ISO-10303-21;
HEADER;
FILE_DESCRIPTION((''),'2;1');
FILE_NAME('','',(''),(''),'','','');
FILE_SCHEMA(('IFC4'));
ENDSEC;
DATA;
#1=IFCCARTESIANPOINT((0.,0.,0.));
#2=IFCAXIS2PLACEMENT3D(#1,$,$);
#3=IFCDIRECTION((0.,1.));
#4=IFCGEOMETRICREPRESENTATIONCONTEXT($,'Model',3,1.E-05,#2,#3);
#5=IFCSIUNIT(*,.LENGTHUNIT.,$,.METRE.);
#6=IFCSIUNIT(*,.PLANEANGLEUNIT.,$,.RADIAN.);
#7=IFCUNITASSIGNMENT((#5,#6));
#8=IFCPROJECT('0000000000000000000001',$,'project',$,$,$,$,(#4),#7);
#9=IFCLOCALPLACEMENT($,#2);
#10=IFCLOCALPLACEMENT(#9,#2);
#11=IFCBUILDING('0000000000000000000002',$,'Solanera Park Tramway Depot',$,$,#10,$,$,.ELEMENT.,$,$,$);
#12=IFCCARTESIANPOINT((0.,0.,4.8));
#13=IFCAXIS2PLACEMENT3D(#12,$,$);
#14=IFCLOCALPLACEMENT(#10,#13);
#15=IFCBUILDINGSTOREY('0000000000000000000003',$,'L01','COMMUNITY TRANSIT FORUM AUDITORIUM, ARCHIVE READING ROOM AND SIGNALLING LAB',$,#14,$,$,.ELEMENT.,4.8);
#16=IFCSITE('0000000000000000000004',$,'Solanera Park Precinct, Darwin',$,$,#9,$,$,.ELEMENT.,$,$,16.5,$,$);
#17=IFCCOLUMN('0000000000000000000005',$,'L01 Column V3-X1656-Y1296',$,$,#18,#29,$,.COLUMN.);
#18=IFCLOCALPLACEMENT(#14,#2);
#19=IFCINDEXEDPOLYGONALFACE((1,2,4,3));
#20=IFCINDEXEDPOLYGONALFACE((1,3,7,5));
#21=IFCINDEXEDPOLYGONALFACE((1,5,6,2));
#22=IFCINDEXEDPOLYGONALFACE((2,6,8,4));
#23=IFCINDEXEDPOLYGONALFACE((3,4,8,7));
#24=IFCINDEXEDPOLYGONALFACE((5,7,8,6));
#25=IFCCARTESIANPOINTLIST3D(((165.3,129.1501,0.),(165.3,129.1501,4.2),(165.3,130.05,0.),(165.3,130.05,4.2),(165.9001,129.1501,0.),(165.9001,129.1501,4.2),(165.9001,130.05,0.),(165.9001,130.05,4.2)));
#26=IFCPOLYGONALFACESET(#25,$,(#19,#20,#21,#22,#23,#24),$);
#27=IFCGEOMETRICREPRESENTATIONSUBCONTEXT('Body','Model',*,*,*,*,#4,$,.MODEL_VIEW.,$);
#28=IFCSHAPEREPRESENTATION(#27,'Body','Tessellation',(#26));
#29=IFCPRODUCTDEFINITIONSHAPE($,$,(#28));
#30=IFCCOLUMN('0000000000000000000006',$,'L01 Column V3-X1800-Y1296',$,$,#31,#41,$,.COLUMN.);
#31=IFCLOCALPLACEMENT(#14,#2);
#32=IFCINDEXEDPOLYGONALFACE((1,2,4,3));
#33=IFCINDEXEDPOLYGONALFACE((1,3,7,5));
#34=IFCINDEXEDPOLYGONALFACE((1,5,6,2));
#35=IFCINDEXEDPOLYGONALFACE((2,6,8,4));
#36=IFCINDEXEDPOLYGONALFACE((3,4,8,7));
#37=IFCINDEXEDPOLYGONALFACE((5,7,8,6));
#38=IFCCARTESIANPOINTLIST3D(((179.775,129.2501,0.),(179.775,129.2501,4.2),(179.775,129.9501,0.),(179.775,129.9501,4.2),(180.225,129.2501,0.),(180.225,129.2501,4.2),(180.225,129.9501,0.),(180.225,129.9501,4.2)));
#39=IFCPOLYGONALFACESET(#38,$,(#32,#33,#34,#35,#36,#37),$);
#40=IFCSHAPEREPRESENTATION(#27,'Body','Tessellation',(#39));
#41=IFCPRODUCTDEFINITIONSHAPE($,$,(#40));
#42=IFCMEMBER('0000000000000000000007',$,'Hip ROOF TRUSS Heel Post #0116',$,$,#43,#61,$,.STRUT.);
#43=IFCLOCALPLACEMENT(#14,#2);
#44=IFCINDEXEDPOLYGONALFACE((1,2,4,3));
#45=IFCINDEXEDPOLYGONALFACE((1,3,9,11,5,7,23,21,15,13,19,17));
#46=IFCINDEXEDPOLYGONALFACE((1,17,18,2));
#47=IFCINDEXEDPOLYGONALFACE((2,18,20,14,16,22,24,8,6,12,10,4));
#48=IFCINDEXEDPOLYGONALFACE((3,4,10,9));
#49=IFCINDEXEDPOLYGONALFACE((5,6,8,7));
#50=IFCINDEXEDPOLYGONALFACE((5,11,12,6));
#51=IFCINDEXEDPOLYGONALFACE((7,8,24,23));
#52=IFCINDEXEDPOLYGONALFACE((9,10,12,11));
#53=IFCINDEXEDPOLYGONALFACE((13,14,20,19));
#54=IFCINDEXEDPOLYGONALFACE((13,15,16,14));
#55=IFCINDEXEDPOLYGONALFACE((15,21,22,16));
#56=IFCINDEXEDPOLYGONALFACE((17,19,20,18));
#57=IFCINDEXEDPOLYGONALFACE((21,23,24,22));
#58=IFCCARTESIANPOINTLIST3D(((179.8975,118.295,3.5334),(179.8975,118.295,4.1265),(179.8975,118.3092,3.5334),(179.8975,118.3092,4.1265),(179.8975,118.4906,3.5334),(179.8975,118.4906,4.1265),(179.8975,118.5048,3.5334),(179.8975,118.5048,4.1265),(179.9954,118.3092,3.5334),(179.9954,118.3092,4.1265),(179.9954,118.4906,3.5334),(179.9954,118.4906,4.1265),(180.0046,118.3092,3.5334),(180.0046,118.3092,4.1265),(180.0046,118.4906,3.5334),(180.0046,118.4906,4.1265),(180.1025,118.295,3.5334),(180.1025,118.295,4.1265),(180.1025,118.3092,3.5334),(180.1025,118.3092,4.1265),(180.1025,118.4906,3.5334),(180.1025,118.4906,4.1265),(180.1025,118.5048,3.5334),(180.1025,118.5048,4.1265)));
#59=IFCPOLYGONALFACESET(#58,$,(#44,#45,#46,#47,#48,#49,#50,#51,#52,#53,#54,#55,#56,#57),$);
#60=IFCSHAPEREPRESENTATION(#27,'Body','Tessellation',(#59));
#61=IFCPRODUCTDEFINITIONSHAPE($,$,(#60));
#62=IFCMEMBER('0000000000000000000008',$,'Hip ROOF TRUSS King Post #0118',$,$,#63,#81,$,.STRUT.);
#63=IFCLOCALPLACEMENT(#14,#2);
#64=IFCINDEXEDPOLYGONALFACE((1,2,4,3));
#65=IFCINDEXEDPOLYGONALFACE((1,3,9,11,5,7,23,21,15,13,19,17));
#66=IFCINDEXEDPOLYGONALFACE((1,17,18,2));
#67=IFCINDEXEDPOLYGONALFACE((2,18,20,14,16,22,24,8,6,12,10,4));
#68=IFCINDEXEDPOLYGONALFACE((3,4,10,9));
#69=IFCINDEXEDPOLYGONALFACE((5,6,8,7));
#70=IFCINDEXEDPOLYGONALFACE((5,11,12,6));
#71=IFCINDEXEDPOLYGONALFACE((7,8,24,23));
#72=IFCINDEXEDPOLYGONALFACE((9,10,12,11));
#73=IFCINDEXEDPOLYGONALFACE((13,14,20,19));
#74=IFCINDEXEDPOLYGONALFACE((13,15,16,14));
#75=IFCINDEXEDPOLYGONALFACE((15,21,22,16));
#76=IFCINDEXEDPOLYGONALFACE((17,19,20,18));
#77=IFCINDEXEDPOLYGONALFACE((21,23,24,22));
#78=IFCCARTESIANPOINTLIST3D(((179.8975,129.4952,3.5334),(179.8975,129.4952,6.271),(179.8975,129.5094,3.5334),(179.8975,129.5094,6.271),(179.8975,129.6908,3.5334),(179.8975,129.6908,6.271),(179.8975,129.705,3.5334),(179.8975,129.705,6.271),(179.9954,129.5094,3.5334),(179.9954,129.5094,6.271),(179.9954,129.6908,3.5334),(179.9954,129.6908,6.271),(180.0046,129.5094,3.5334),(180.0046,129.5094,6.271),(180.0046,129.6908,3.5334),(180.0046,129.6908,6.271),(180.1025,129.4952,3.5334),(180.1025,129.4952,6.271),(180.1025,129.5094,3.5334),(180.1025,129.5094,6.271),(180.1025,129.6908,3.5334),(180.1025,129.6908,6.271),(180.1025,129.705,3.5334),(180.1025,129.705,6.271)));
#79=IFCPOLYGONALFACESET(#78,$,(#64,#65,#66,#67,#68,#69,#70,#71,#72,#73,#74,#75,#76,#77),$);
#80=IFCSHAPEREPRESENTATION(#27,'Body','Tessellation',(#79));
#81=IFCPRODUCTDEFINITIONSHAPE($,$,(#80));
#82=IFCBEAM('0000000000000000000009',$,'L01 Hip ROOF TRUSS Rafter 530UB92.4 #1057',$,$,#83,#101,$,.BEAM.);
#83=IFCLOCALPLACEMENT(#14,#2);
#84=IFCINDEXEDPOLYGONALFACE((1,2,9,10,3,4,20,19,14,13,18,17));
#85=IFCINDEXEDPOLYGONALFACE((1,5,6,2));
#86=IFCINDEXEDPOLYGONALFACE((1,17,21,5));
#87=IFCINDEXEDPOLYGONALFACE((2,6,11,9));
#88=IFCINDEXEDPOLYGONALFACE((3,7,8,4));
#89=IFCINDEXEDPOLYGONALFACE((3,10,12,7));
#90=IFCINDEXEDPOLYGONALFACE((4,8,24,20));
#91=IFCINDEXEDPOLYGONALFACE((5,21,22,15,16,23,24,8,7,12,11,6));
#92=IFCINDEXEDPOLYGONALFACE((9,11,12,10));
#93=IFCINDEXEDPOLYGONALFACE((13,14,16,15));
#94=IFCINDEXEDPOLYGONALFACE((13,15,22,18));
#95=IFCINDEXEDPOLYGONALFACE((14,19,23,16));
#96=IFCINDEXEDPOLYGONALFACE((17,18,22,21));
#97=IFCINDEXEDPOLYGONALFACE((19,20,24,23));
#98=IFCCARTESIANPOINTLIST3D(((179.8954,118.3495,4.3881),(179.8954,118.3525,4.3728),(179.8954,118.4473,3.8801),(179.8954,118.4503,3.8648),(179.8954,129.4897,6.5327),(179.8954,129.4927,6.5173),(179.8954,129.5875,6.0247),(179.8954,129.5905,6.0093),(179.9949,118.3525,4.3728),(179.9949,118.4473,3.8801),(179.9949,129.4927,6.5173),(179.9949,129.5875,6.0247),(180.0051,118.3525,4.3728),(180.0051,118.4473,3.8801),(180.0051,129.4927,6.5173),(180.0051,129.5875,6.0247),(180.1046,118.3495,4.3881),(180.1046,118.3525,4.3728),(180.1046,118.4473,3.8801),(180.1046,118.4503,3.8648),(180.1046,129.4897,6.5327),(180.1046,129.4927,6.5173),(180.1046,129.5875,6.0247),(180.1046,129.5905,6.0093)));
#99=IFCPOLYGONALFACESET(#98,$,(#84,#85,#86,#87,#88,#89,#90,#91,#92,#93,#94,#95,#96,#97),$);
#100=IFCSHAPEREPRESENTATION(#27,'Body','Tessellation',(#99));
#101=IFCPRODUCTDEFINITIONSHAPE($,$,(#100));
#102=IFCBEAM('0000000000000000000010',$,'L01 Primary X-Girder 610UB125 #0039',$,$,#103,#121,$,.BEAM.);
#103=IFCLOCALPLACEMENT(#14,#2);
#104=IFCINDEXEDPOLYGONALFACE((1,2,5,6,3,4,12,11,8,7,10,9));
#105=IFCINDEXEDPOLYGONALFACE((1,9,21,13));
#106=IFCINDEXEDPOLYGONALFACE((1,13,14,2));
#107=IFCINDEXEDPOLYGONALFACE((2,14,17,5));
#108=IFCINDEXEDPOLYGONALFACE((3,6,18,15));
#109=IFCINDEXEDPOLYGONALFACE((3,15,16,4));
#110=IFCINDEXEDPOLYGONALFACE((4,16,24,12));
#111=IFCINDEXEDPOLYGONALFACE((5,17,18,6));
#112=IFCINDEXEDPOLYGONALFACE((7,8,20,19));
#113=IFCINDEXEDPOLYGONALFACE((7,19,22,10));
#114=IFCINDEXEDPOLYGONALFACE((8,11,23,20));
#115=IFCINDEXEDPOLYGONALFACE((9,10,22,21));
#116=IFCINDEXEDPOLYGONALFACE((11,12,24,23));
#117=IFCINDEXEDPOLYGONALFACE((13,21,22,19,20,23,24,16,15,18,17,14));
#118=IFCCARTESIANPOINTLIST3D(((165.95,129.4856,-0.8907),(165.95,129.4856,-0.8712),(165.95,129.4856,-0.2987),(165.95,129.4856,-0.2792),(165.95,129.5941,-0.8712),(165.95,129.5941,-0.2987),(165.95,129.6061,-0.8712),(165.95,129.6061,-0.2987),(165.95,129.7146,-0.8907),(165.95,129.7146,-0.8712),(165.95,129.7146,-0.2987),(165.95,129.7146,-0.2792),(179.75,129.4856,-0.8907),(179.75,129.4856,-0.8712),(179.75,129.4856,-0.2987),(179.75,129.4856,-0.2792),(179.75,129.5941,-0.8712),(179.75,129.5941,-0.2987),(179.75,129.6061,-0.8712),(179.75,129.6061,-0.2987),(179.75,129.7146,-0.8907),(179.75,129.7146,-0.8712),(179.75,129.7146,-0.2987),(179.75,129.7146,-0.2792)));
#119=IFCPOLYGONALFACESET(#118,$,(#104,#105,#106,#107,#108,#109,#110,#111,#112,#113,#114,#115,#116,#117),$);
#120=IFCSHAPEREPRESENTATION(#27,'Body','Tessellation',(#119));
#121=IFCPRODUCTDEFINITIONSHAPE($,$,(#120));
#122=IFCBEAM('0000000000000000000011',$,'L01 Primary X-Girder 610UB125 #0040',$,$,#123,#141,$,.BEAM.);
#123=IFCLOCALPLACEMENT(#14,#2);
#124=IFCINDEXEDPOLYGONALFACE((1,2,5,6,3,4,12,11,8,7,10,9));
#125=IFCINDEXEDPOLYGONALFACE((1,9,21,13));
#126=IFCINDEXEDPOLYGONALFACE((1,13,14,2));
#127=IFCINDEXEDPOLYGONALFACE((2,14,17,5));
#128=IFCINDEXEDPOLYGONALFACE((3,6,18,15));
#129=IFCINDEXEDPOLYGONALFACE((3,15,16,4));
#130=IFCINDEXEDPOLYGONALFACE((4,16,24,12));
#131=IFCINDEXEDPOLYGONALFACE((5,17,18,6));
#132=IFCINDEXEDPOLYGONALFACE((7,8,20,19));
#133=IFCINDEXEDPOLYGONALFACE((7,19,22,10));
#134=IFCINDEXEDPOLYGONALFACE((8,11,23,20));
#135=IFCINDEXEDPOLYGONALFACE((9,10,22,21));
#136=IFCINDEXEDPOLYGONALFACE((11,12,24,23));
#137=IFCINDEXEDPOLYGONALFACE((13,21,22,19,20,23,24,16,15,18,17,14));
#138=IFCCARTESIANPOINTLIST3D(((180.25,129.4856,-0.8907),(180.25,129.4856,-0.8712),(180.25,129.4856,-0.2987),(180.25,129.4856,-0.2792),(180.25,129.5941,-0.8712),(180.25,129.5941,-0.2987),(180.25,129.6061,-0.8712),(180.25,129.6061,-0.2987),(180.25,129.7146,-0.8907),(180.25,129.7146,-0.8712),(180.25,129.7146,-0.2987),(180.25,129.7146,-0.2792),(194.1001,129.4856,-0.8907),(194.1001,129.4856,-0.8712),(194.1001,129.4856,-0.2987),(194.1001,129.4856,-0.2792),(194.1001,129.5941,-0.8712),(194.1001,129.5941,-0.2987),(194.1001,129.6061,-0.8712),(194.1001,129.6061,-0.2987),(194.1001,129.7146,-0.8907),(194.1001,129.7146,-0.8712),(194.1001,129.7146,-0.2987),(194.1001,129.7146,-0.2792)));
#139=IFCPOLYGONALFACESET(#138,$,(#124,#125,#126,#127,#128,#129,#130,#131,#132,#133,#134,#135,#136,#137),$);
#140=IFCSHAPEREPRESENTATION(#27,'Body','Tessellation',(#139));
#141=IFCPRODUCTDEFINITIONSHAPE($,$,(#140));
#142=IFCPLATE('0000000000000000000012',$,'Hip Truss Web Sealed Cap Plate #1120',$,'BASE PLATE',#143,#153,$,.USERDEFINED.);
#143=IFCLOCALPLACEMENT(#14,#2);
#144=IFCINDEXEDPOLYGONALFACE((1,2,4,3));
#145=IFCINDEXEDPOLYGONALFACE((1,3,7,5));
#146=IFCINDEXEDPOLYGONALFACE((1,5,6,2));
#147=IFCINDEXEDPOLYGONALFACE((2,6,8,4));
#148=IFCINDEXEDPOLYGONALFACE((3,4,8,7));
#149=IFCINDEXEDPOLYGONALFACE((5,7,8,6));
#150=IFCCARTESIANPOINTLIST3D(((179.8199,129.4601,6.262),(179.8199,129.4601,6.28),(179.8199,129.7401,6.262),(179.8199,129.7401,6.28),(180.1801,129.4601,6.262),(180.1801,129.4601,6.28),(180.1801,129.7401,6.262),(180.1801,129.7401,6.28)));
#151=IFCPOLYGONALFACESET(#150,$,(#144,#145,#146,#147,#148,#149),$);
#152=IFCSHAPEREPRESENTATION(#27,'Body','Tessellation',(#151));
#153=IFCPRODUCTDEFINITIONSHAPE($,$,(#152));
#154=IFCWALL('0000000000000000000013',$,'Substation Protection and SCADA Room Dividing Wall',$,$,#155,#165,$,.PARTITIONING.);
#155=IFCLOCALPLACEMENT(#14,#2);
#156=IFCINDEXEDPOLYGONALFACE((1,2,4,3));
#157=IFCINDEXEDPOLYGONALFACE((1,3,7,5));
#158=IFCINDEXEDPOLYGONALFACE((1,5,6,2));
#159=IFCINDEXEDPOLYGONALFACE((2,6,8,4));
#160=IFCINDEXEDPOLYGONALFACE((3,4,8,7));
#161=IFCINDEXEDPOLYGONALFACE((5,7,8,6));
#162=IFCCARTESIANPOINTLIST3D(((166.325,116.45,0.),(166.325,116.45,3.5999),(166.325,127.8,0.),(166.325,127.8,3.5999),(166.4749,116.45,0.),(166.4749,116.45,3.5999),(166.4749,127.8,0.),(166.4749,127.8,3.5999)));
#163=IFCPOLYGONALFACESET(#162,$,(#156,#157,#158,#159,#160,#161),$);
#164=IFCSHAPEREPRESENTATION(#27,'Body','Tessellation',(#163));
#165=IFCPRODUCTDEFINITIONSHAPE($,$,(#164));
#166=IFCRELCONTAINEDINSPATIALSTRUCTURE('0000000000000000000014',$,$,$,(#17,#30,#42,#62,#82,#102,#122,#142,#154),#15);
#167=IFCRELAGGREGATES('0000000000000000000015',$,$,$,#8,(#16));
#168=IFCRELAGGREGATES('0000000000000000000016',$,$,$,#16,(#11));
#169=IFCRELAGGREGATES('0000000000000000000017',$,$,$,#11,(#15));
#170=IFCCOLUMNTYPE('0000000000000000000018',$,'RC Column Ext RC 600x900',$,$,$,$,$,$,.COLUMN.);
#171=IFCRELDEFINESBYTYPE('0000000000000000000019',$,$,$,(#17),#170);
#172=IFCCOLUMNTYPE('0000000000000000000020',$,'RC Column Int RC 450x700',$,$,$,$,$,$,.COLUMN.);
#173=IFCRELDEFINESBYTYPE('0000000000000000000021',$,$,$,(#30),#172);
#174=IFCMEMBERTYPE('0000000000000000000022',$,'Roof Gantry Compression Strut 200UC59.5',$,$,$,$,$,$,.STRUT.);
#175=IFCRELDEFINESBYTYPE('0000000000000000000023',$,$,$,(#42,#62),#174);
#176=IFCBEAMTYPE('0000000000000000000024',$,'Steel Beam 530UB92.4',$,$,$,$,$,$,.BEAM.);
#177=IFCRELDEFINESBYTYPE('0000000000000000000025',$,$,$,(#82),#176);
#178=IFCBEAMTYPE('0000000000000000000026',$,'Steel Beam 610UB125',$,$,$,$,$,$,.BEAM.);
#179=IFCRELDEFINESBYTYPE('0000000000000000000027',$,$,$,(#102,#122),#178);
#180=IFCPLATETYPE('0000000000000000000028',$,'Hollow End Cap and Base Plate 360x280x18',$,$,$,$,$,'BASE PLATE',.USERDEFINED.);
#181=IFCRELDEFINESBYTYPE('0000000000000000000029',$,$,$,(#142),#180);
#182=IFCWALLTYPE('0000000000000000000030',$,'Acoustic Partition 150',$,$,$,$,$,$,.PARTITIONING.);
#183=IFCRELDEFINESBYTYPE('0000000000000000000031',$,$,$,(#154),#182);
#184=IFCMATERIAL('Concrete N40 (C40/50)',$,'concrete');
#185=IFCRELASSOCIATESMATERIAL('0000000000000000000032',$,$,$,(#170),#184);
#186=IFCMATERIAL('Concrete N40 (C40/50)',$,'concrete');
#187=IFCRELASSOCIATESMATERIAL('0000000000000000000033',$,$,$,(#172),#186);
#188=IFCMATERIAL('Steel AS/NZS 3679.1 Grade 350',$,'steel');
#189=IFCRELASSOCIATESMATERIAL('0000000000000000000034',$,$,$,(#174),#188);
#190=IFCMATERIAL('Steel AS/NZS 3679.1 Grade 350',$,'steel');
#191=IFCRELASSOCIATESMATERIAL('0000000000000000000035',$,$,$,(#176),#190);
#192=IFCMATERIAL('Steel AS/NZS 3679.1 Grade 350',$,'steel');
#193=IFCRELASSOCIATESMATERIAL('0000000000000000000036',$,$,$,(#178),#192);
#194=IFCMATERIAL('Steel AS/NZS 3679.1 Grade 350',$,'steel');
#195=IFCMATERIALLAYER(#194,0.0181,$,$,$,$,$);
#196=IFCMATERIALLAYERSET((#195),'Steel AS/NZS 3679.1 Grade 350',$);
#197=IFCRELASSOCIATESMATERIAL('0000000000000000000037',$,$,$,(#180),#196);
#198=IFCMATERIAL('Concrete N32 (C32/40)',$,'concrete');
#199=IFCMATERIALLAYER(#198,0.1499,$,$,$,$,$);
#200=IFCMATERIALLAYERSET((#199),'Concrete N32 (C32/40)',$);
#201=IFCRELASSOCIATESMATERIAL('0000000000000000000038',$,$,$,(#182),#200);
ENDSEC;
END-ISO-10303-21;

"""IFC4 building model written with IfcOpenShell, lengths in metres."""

from ifc_helpers import new_model, si_unit, direction, frame, frame_2d, origin, origin_2d, place, context, subcontext, project, spatial, rectangle, i_section, extrude, material, layer, layer_set, material_profile, profile_set, type_object, element, save


model = new_model("IFC4")

# Units and contexts
model_context = context("Model", 3, precision=1e-05, world=origin(), true_north=direction((0.0, 1.0)))
body_context = subcontext(model_context, "Body", "Model", "MODEL_VIEW")
ifc_project = project(units=[si_unit("LENGTHUNIT", "METRE"), si_unit("PLANEANGLEUNIT", "RADIAN")], contexts=[model_context])

# Site, building, storey
site_placement = place(None, origin())
site = spatial("IfcSite", under=ifc_project, at=site_placement, Name="Solanera Park Precinct, Darwin", CompositionType="ELEMENT", RefElevation=16.5)
building_placement = place(site_placement, origin())
building = spatial("IfcBuilding", under=site, at=building_placement, Name="Solanera Park Tramway Depot", CompositionType="ELEMENT")
storey_placement = place(building_placement, frame((0.0, 0.0, 4.8)))
storey = spatial("IfcBuildingStorey", under=building, at=storey_placement, Name="L01", Description="COMMUNITY TRANSIT FORUM AUDITORIUM, ARCHIVE READING ROOM AND SIGNALLING LAB", CompositionType="ELEMENT", Elevation=4.8)

# Columns
ifc_material_1 = material(Name="Concrete N40 (C40/50)", Category="concrete")
ifc_material_profile_1 = material_profile(ifc_material_1, rectangle(XDim=0.6001, YDim=0.8999, at=origin_2d()), Name="RC 600x900")
ifc_profile_set_1 = profile_set([ifc_material_profile_1], Name="Concrete N40 (C40/50)")
column_type_1 = type_object("IfcColumnType", Name="RC Column Ext RC 600x900", PredefinedType="COLUMN", material=ifc_profile_set_1)
column_1_placement = place(storey_placement, frame((165.6001, 129.6001, 0.0), z_axis=(0.0, 0.0, 1.0), x_axis=(1.0, 0.0, 0.0)))
element("IfcColumn", 1, at=column_1_placement, inside=storey, type_object=column_type_1, Name="L01 Column V3-X1656-Y1296", PredefinedType="COLUMN", context=body_context, shape_type="SweptSolid", body=[
    extrude(rectangle(XDim=0.6001, YDim=0.8999, at=origin_2d()), origin(), (0.0, 0.0, 1.0), 4.2),
])
ifc_material_2 = material(Name="Concrete N40 (C40/50)", Category="concrete")
ifc_material_profile_2 = material_profile(ifc_material_2, rectangle(XDim=0.45, YDim=0.7, at=origin_2d()), Name="RC 450x700")
ifc_profile_set_2 = profile_set([ifc_material_profile_2], Name="Concrete N40 (C40/50)")
column_type_2 = type_object("IfcColumnType", Name="RC Column Int RC 450x700", PredefinedType="COLUMN", material=ifc_profile_set_2)
column_2_placement = place(storey_placement, frame((180.0, 129.6001, 0.0), z_axis=(0.0, 0.0, 1.0), x_axis=(1.0, 0.0, 0.0)))
element("IfcColumn", 2, at=column_2_placement, inside=storey, type_object=column_type_2, Name="L01 Column V3-X1800-Y1296", PredefinedType="COLUMN", context=body_context, shape_type="SweptSolid", body=[
    extrude(rectangle(XDim=0.45, YDim=0.7, at=origin_2d()), origin(), (0.0, 0.0, 1.0), 4.2),
])

# Members
ifc_material_3 = material(Name="Steel AS/NZS 3679.1 Grade 350", Category="steel")
ifc_material_profile_3 = material_profile(ifc_material_3, i_section(OverallWidth=0.2051, OverallDepth=0.2097, WebThickness=0.0093, FlangeThickness=0.0142, at=origin_2d()), Name="200UC59.5")
ifc_profile_set_3 = profile_set([ifc_material_profile_3], Name="Steel AS/NZS 3679.1 Grade 350")
member_type = type_object("IfcMemberType", Name="Roof Gantry Compression Strut 200UC59.5", PredefinedType="STRUT", material=ifc_profile_set_3)
member_1_placement = place(storey_placement, frame((180.0, 118.3999, 3.5334), z_axis=(0.0, 0.0, 1.0), x_axis=(1.0, 0.0, 0.0)))
element("IfcMember", 3, at=member_1_placement, inside=storey, type_object=member_type, Name="Hip ROOF TRUSS Heel Post #0116", PredefinedType="STRUT", context=body_context, shape_type="SweptSolid", body=[
    extrude(i_section(OverallWidth=0.2051, OverallDepth=0.2097, WebThickness=0.0093, FlangeThickness=0.0142, at=origin_2d()), origin(), (0.0, 0.0, 1.0), 0.593),
])
member_2_placement = place(storey_placement, frame((180.0, 129.6001, 3.5334), z_axis=(0.0, 0.0, 1.0), x_axis=(1.0, 0.0, 0.0)))
element("IfcMember", 4, at=member_2_placement, inside=storey, type_object=member_type, Name="Hip ROOF TRUSS King Post #0118", PredefinedType="STRUT", context=body_context, shape_type="SweptSolid", body=[
    extrude(i_section(OverallWidth=0.2051, OverallDepth=0.2097, WebThickness=0.0093, FlangeThickness=0.0142, at=origin_2d()), origin(), (0.0, 0.0, 1.0), 2.7375),
])

# Beams
ifc_material_4 = material(Name="Steel AS/NZS 3679.1 Grade 350", Category="steel")
ifc_material_profile_4 = material_profile(ifc_material_4, i_section(OverallWidth=0.2092, OverallDepth=0.533, WebThickness=0.0103, FlangeThickness=0.0156, at=origin_2d()), Name="530UB92.4")
ifc_profile_set_4 = profile_set([ifc_material_profile_4], Name="Steel AS/NZS 3679.1 Grade 350")
beam_type_1 = type_object("IfcBeamType", Name="Steel Beam 530UB92.4", PredefinedType="BEAM", material=ifc_profile_set_4)
beam_1_placement = place(storey_placement, frame((180.0, 118.3999, 4.1265), z_axis=(0.0, 0.981971, 0.189034), x_axis=(-1.0, 0.0, 0.0)))
element("IfcBeam", 5, at=beam_1_placement, inside=storey, type_object=beam_type_1, Name="L01 Hip ROOF TRUSS Rafter 530UB92.4 #1057", PredefinedType="BEAM", context=body_context, shape_type="SweptSolid", body=[
    extrude(i_section(OverallWidth=0.2092, OverallDepth=0.533, WebThickness=0.0103, FlangeThickness=0.0156, at=origin_2d()), origin(), (0.0, 0.0, 1.0), 11.3447),
])
ifc_material_5 = material(Name="Steel AS/NZS 3679.1 Grade 350", Category="steel")
ifc_material_profile_5 = material_profile(ifc_material_5, i_section(OverallWidth=0.229, OverallDepth=0.6116, WebThickness=0.012, FlangeThickness=0.0195, at=origin_2d()), Name="610UB125")
ifc_profile_set_5 = profile_set([ifc_material_profile_5], Name="Steel AS/NZS 3679.1 Grade 350")
beam_type_2 = type_object("IfcBeamType", Name="Steel Beam 610UB125", PredefinedType="BEAM", material=ifc_profile_set_5)
beam_2_placement = place(storey_placement, frame((165.95, 129.6001, -0.585), z_axis=(1.0, 0.0, 0.0), x_axis=(0.0, 1.0, 0.0)))
element("IfcBeam", 6, at=beam_2_placement, inside=storey, type_object=beam_type_2, Name="L01 Primary X-Girder 610UB125 #0039", PredefinedType="BEAM", context=body_context, shape_type="SweptSolid", body=[
    extrude(i_section(OverallWidth=0.229, OverallDepth=0.6116, WebThickness=0.012, FlangeThickness=0.0195, at=origin_2d()), origin(), (0.0, 0.0, 1.0), 13.8),
])
beam_3_placement = place(storey_placement, frame((180.25, 129.6001, -0.585), z_axis=(1.0, 0.0, 0.0), x_axis=(0.0, 1.0, 0.0)))
element("IfcBeam", 7, at=beam_3_placement, inside=storey, type_object=beam_type_2, Name="L01 Primary X-Girder 610UB125 #0040", PredefinedType="BEAM", context=body_context, shape_type="SweptSolid", body=[
    extrude(i_section(OverallWidth=0.229, OverallDepth=0.6116, WebThickness=0.012, FlangeThickness=0.0195, at=origin_2d()), origin(), (0.0, 0.0, 1.0), 13.8501),
])

# Plate
ifc_material_6 = material(Name="Steel AS/NZS 3679.1 Grade 350", Category="steel")
ifc_layer_1 = layer(ifc_material_6, 0.0181)
ifc_layer_set_1 = layer_set([ifc_layer_1], Name="Steel AS/NZS 3679.1 Grade 350")
plate_type = type_object("IfcPlateType", Name="Hollow End Cap and Base Plate 360x280x18", ElementType="BASE PLATE", PredefinedType="USERDEFINED", material=ifc_layer_set_1)
plate_placement = place(storey_placement, frame((180.0, 129.6001, 6.262), z_axis=(0.0, 0.0, 1.0), x_axis=(1.0, 0.0, 0.0)))
element("IfcPlate", 8, at=plate_placement, inside=storey, type_object=plate_type, Name="Hip Truss Web Sealed Cap Plate #1120", ObjectType="BASE PLATE", PredefinedType="USERDEFINED", context=body_context, shape_type="SweptSolid", body=[
    extrude(rectangle(XDim=0.3601, YDim=0.28, at=origin_2d()), origin(), (0.0, 0.0, 1.0), 0.0181),
])

# Wall
ifc_material_7 = material(Name="Concrete N32 (C32/40)", Category="concrete")
ifc_layer_2 = layer(ifc_material_7, 0.1499)
ifc_layer_set_2 = layer_set([ifc_layer_2], Name="Concrete N32 (C32/40)")
wall_type_1 = type_object("IfcWallType", Name="Acoustic Partition 150", PredefinedType="PARTITIONING", material=ifc_layer_set_2)
wall_1_placement = place(storey_placement, frame((166.3999, 127.8, 0.0), z_axis=(0.0, 0.0, 1.0), x_axis=(0.0, -1.0, 0.0)))
element("IfcWall", 9, at=wall_1_placement, inside=storey, type_object=wall_type_1, Name="Substation Protection and SCADA Room Dividing Wall", PredefinedType="PARTITIONING", context=body_context, shape_type="SweptSolid", body=[
    extrude(rectangle(XDim=11.3501, YDim=0.1499, at=frame_2d((5.675, 0.0))), origin(), (0.0, 0.0, 1.0), 3.5999),
])

save(model, "model.ifc")
